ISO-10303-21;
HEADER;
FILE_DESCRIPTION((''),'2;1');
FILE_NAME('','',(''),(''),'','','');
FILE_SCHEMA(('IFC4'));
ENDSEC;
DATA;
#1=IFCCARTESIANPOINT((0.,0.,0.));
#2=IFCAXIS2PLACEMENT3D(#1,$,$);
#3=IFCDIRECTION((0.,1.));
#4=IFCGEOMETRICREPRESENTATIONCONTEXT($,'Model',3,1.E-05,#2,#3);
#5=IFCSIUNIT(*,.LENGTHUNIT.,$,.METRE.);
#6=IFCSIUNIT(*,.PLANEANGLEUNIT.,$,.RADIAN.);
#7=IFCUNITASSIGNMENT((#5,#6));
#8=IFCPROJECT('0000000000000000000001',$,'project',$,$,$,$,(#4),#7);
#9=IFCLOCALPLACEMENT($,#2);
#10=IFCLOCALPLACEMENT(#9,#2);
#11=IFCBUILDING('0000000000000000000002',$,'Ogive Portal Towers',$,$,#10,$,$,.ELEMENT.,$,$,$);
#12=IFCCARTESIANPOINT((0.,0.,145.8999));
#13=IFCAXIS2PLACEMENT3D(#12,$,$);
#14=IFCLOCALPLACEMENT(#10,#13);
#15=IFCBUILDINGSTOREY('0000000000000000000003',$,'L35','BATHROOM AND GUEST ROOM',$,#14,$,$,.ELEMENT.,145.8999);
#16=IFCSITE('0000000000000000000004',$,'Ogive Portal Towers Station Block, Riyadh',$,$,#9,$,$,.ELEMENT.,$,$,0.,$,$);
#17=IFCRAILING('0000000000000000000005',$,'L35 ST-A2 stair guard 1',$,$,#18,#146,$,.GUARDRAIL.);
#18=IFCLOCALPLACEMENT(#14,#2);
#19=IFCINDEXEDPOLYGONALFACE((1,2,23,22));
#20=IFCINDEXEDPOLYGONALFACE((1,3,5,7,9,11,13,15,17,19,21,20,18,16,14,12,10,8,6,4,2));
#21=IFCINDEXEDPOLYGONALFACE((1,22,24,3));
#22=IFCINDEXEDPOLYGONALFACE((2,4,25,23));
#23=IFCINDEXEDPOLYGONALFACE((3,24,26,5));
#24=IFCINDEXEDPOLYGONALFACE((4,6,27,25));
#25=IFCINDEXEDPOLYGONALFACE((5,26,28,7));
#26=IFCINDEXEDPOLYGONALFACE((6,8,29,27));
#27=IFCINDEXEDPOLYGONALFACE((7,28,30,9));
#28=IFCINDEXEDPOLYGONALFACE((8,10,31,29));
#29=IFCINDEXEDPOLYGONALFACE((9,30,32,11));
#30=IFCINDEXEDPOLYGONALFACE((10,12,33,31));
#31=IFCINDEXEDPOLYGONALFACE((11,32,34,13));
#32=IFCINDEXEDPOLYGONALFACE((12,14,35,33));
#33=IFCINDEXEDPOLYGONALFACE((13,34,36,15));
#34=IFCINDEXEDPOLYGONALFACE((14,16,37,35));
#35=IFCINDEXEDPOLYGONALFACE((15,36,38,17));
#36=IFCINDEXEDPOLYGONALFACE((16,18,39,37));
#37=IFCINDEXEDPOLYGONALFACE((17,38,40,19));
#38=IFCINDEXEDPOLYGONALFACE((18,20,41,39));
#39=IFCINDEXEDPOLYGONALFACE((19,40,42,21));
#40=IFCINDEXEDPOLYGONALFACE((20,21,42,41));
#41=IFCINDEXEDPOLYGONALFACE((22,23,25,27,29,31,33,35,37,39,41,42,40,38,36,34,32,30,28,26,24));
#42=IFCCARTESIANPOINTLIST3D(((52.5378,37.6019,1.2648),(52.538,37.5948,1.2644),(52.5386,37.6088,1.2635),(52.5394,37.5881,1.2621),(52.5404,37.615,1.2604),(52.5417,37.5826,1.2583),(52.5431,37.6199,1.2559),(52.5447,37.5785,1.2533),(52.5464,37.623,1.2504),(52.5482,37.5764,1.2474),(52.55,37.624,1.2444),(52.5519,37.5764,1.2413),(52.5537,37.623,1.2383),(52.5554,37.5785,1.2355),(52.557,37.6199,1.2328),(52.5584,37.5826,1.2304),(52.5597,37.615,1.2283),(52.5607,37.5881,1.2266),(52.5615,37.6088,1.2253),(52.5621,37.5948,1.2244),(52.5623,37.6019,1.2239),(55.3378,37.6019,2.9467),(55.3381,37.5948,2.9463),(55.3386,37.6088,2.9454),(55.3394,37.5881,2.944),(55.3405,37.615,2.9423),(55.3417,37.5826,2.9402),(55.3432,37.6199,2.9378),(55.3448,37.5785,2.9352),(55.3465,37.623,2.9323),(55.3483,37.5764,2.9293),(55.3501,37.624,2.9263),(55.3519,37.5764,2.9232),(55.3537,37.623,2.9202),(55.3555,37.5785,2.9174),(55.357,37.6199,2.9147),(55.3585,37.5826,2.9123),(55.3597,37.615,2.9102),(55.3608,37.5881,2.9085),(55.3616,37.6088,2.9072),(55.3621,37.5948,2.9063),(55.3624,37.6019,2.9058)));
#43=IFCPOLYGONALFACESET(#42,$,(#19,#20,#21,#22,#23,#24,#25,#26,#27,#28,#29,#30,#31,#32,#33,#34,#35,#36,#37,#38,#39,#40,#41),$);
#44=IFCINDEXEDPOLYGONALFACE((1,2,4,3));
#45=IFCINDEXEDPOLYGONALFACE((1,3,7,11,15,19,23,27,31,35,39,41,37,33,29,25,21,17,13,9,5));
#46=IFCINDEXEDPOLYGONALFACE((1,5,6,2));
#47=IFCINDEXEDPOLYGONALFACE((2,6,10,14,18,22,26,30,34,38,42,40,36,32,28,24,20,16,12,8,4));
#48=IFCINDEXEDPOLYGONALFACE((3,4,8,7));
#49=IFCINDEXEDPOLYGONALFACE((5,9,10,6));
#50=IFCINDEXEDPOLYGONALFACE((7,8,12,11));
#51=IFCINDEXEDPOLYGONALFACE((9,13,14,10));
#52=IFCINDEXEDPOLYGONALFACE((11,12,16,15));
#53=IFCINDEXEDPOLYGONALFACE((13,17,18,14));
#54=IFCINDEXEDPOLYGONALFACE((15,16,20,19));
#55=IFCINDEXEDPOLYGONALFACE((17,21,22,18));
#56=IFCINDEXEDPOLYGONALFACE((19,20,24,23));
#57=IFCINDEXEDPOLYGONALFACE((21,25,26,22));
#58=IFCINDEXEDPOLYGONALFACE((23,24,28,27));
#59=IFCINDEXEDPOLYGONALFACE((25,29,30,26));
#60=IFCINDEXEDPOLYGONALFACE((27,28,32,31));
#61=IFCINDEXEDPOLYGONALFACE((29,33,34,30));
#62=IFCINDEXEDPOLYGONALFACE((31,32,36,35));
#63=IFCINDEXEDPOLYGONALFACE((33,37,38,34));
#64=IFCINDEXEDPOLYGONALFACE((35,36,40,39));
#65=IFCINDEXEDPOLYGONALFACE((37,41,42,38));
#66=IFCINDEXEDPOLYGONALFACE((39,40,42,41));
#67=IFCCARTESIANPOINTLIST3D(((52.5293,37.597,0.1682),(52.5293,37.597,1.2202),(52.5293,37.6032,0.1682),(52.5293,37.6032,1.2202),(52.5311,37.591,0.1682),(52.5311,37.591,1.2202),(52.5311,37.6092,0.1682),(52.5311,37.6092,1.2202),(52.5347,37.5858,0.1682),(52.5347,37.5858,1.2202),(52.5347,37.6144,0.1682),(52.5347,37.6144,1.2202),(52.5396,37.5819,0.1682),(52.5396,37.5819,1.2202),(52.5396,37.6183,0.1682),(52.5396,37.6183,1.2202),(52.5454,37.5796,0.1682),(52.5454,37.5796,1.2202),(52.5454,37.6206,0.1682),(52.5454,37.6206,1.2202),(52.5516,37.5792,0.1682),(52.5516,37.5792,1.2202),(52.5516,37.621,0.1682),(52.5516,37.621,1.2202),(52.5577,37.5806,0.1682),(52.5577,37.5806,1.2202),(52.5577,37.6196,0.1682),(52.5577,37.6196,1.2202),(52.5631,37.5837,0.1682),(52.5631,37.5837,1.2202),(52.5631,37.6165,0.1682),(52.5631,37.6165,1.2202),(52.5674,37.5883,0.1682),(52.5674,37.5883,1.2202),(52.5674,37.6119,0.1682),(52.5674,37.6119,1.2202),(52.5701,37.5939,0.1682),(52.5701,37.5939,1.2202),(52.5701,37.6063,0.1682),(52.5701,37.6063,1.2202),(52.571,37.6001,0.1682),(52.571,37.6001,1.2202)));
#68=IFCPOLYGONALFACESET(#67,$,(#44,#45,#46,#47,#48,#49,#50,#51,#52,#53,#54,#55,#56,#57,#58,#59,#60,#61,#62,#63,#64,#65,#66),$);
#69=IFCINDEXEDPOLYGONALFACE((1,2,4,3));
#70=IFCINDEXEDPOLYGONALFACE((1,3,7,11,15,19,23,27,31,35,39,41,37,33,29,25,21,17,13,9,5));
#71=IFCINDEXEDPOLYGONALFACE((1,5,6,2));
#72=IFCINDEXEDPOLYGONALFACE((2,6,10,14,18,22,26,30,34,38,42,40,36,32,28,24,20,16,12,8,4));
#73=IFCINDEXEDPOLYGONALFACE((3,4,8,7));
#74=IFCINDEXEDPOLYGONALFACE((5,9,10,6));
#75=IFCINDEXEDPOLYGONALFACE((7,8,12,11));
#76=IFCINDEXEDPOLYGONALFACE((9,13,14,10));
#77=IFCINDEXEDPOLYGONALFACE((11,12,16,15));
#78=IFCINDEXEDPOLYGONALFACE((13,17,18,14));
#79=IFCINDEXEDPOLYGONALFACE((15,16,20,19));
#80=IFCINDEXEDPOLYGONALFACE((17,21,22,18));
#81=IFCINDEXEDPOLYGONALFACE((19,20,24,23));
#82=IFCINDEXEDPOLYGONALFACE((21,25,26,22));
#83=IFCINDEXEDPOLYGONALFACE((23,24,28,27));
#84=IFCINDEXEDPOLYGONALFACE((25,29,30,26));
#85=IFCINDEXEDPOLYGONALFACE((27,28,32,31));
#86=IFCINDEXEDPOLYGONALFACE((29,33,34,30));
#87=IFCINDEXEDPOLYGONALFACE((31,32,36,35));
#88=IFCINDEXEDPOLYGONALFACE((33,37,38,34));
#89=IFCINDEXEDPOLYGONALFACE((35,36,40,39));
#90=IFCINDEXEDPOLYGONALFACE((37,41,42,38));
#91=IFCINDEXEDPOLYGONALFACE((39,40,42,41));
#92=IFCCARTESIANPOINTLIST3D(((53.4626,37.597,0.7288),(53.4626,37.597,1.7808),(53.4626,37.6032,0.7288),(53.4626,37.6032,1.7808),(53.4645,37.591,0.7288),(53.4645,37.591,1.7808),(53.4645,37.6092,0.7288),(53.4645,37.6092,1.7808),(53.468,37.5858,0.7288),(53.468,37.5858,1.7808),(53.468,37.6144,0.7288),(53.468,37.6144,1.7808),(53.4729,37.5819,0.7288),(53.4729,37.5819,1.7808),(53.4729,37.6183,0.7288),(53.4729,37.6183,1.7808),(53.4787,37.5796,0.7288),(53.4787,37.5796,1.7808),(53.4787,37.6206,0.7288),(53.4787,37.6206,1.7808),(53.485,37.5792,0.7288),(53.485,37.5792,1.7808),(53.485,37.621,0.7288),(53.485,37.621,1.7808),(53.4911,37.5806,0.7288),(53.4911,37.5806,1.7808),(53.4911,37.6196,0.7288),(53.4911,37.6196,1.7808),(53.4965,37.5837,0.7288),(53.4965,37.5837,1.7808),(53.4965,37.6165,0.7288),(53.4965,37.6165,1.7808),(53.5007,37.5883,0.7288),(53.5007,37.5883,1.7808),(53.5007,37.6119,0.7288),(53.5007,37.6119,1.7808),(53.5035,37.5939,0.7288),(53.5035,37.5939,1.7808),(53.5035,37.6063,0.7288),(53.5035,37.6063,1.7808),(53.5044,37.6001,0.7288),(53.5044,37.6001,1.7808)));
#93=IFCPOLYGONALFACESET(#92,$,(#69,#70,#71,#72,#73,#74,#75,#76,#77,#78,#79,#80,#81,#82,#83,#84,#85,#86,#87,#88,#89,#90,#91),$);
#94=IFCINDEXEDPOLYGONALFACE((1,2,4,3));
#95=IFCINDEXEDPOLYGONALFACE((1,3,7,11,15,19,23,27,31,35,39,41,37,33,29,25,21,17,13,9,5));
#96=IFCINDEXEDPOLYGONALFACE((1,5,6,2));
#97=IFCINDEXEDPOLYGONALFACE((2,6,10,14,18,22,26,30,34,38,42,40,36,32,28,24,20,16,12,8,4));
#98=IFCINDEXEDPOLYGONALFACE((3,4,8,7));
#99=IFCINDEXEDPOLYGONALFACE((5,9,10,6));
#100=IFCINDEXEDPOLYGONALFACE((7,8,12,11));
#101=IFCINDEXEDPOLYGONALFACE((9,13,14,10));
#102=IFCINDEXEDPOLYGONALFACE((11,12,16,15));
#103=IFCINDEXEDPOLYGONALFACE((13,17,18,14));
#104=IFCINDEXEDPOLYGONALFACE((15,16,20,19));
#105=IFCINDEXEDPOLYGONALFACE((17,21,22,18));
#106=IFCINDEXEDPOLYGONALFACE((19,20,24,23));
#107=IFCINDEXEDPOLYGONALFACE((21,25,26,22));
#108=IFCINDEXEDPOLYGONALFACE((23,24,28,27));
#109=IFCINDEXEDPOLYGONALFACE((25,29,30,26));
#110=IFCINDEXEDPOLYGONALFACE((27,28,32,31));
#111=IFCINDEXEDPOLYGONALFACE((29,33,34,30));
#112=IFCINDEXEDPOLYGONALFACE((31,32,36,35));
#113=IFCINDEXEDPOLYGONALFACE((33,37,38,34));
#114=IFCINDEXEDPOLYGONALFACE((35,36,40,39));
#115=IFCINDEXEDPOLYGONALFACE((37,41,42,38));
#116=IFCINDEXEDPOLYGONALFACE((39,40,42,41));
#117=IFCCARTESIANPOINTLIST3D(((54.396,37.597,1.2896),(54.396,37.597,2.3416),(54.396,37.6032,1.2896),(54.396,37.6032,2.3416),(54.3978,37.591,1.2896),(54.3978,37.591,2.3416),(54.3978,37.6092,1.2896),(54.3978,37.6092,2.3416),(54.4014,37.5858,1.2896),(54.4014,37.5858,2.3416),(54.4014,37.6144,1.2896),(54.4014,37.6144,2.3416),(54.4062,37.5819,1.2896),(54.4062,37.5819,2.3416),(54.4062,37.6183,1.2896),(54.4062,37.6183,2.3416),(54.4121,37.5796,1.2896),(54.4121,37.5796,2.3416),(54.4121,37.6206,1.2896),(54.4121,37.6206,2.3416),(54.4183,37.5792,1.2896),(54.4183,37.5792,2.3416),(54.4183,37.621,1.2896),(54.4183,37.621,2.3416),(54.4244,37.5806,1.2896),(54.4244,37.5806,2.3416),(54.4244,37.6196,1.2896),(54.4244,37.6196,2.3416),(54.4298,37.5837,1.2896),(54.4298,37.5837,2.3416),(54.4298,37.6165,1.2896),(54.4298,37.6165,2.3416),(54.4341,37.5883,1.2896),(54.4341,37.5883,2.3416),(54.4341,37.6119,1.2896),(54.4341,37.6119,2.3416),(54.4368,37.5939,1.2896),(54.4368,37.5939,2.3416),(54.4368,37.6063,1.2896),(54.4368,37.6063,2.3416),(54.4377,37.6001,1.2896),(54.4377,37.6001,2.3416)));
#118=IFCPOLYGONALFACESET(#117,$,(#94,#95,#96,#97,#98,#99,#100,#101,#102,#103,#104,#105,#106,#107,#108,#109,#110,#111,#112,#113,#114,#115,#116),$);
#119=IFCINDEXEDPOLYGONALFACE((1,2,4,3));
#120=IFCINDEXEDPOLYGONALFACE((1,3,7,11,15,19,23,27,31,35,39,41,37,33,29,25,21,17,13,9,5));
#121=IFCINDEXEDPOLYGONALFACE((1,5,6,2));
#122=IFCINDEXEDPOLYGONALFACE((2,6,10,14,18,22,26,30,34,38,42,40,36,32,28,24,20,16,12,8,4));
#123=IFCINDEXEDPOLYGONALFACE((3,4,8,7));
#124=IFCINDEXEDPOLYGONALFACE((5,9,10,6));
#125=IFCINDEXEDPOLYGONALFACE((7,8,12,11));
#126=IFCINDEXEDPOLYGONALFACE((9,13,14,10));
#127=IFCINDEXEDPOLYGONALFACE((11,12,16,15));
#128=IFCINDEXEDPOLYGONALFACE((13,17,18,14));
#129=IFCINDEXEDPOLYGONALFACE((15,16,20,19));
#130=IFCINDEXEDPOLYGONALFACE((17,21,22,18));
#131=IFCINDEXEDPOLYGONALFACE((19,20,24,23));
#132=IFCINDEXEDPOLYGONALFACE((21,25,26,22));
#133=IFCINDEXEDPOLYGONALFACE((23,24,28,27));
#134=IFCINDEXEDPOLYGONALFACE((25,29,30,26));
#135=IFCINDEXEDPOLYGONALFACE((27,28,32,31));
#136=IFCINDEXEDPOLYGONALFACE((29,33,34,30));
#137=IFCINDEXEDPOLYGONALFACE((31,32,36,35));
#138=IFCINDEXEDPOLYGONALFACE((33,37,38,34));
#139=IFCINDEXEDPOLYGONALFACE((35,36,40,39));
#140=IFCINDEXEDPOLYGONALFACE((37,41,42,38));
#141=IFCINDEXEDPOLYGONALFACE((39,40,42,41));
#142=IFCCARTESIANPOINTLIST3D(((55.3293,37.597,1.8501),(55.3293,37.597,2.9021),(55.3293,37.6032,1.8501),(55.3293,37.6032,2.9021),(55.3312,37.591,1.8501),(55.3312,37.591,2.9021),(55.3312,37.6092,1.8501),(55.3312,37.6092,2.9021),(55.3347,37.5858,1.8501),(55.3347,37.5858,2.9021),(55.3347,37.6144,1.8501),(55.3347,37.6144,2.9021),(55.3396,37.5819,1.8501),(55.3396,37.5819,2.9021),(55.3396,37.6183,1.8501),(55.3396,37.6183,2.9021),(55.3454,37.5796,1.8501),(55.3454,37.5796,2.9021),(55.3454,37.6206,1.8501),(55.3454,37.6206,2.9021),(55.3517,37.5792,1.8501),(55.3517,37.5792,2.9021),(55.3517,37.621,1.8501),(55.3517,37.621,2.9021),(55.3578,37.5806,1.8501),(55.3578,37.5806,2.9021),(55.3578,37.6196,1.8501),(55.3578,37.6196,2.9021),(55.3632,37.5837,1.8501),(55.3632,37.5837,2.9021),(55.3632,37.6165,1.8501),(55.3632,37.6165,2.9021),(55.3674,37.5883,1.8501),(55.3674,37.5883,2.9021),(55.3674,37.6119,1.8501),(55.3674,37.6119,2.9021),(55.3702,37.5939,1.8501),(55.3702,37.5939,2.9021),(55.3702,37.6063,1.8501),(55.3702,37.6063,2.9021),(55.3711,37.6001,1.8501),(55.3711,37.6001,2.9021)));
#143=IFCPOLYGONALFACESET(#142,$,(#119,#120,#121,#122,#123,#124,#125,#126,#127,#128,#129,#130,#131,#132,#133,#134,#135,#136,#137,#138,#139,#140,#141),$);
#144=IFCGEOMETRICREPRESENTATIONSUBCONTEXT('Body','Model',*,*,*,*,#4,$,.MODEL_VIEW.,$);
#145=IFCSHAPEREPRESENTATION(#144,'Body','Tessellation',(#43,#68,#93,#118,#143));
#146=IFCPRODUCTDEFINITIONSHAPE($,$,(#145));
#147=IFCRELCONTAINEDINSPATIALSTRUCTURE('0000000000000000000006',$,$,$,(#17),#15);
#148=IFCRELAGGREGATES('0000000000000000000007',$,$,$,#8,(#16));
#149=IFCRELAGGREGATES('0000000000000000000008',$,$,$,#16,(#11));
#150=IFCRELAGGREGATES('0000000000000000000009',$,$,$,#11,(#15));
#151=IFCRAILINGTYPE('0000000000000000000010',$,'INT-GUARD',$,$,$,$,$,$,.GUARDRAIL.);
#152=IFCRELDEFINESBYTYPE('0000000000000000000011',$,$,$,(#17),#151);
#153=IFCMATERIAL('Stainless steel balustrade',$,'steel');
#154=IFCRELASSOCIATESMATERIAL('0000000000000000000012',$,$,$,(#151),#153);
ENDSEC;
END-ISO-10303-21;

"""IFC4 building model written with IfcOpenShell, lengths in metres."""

from ifc_helpers import new_model, si_unit, direction, frame, origin, origin_2d, place, context, subcontext, project, spatial, circle, extrude, material, type_object, element, save


model = new_model("IFC4")

# Units and contexts
model_context = context("Model", 3, precision=1e-05, world=origin(), true_north=direction((0.0, 1.0)))
body_context = subcontext(model_context, "Body", "Model", "MODEL_VIEW")
ifc_project = project(units=[si_unit("LENGTHUNIT", "METRE"), si_unit("PLANEANGLEUNIT", "RADIAN")], contexts=[model_context])

# Site, building, storey
site_placement = place(None, origin())
site = spatial("IfcSite", under=ifc_project, at=site_placement, Name="Ogive Portal Towers Station Block, Riyadh", CompositionType="ELEMENT", RefElevation=0.0)
building_placement = place(site_placement, origin())
building = spatial("IfcBuilding", under=site, at=building_placement, Name="Ogive Portal Towers", CompositionType="ELEMENT")
storey_placement = place(building_placement, frame((0.0, 0.0, 145.8999)))
storey = spatial("IfcBuildingStorey", under=building, at=storey_placement, Name="L35", Description="BATHROOM AND GUEST ROOM", CompositionType="ELEMENT", Elevation=145.8999)

# Railing
ifc_material_1 = material(Name="Stainless steel balustrade", Category="steel")
railing_type_1 = type_object("IfcRailingType", Name="INT-GUARD", PredefinedType="GUARDRAIL", material=ifc_material_1)
railing_1_placement = place(storey_placement, frame((52.55, 37.6001, 0.1682)))
element("IfcRailing", 1, at=railing_1_placement, inside=storey, type_object=railing_type_1, Name="L35 ST-A2 stair guard 1", PredefinedType="GUARDRAIL", context=body_context, shape_type="SweptSolid", body=[
    extrude(circle(Radius=0.0239, at=origin_2d()), frame((0.0, 0.0, 1.0762), z_axis=(0.857242, 0.0, 0.514913), x_axis=(0.0, 1.0, 0.0)), (0.0, 0.0, 1.0), 3.2664),
    extrude(circle(Radius=0.021, at=origin_2d()), origin(), (0.0, 0.0, 1.0), 1.052),
    extrude(circle(Radius=0.021, at=origin_2d()), frame((0.9333, 0.0, 0.5605)), (0.0, 0.0, 1.0), 1.052),
    extrude(circle(Radius=0.021, at=origin_2d()), frame((1.8667, 0.0, 1.1213)), (0.0, 0.0, 1.0), 1.052),
    extrude(circle(Radius=0.021, at=origin_2d()), frame((2.8, 0.0, 1.6819)), (0.0, 0.0, 1.0), 1.052),
])

save(model, "model.ifc")
